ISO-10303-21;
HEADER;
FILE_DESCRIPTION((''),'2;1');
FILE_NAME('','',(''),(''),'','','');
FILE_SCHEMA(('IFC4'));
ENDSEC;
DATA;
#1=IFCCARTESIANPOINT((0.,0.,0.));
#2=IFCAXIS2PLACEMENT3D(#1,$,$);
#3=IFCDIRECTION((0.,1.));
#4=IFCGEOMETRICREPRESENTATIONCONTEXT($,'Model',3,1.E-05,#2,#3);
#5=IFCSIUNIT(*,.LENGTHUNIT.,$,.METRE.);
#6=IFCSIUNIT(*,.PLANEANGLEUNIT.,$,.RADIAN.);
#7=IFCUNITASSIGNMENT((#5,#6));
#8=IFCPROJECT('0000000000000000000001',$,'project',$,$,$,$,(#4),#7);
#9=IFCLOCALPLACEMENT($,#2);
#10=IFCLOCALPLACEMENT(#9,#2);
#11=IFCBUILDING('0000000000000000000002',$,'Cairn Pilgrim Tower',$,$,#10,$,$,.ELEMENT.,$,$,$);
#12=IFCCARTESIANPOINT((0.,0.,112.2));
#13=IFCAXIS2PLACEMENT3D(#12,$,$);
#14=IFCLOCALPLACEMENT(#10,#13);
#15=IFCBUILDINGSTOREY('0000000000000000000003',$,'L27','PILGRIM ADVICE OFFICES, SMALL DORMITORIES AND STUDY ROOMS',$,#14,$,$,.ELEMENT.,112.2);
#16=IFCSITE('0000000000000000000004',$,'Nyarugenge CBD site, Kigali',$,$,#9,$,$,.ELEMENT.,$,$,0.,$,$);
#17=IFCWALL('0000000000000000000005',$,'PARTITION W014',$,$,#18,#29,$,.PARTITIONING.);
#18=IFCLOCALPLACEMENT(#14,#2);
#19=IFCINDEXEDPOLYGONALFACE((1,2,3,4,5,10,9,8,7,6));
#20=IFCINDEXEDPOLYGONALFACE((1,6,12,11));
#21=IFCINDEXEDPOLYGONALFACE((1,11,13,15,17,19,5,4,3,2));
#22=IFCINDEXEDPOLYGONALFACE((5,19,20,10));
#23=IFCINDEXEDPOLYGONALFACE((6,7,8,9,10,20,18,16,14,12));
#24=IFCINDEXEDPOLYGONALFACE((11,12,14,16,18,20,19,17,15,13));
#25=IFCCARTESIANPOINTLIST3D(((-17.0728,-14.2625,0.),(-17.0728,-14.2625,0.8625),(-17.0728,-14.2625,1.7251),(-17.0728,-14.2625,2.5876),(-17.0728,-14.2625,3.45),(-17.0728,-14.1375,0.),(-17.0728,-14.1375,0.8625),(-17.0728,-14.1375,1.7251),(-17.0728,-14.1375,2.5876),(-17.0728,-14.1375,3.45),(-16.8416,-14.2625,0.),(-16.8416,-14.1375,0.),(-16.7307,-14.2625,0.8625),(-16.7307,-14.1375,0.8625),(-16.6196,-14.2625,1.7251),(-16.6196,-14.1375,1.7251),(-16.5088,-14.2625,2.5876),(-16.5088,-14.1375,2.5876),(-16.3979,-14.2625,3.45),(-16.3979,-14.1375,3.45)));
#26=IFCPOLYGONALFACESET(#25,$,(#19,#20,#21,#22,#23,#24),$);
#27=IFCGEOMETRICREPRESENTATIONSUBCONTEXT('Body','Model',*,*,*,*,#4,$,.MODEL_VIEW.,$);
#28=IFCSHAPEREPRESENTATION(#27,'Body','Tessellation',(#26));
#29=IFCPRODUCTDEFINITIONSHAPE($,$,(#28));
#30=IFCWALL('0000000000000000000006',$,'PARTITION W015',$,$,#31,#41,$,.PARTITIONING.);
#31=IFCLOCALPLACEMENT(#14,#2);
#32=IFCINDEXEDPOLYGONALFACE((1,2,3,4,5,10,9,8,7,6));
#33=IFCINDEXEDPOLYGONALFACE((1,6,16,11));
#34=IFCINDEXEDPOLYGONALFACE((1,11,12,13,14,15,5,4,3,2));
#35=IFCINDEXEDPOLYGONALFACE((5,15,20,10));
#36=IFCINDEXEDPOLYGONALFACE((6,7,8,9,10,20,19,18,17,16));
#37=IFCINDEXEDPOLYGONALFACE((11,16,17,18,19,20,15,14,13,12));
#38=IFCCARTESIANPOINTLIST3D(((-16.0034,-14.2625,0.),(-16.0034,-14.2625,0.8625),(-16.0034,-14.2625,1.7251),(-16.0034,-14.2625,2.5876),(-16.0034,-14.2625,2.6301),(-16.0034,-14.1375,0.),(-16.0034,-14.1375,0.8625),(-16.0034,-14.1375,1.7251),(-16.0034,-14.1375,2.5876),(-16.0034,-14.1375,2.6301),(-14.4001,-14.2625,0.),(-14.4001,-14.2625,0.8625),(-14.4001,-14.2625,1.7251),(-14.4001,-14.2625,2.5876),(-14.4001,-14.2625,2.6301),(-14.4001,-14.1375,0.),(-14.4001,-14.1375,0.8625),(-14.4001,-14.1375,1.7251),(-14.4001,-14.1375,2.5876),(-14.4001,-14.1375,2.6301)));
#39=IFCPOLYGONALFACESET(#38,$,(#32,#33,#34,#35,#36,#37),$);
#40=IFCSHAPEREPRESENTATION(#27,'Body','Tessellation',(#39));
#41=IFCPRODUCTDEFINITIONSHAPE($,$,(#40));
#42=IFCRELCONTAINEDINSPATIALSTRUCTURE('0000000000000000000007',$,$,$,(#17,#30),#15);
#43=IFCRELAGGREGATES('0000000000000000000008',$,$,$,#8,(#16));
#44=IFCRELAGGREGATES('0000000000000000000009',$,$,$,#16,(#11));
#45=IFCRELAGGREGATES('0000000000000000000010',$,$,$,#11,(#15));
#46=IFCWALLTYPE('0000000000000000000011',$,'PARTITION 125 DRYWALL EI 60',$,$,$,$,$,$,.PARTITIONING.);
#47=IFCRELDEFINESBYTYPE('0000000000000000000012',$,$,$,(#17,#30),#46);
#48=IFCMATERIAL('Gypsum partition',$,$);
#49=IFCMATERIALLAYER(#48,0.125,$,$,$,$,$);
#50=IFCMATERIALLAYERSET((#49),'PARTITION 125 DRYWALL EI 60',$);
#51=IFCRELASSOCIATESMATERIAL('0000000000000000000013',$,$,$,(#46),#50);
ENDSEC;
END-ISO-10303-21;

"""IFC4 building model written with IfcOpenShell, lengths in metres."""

from ifc_helpers import new_model, si_unit, direction, frame, origin, place, context, subcontext, project, spatial, polyline, outline, extrude, material, layer, layer_set, type_object, element, save


model = new_model("IFC4")

# Units and contexts
model_context = context("Model", 3, precision=1e-05, world=origin(), true_north=direction((0.0, 1.0)))
body_context = subcontext(model_context, "Body", "Model", "MODEL_VIEW")
ifc_project = project(units=[si_unit("LENGTHUNIT", "METRE"), si_unit("PLANEANGLEUNIT", "RADIAN")], contexts=[model_context])

# Site, building, storey
site_placement = place(None, origin())
site = spatial("IfcSite", under=ifc_project, at=site_placement, Name="Nyarugenge CBD site, Kigali", CompositionType="ELEMENT", RefElevation=0.0)
building_placement = place(site_placement, origin())
building = spatial("IfcBuilding", under=site, at=building_placement, Name="Cairn Pilgrim Tower", CompositionType="ELEMENT")
storey_placement = place(building_placement, frame((0.0, 0.0, 112.2)))
storey = spatial("IfcBuildingStorey", under=building, at=storey_placement, Name="L27", Description="PILGRIM ADVICE OFFICES, SMALL DORMITORIES AND STUDY ROOMS", CompositionType="ELEMENT", Elevation=112.2)

# Walls
ifc_material_1 = material(Name="Gypsum partition")
ifc_layer_1 = layer(ifc_material_1, 0.125)
ifc_layer_set_1 = layer_set([ifc_layer_1], Name="PARTITION 125 DRYWALL EI 60")
wall_type = type_object("IfcWallType", Name="PARTITION 125 DRYWALL EI 60", PredefinedType="PARTITIONING", material=ifc_layer_set_1)
wall_1_placement = place(storey_placement, frame((-17.0728, -14.2, 0.0), z_axis=(0.0, 0.0, 1.0), x_axis=(1.0, 0.0, 0.0)))
element("IfcWall", 1, at=wall_1_placement, inside=storey, type_object=wall_type, Name="PARTITION W014", PredefinedType="PARTITIONING", context=body_context, shape_type="SweptSolid", body=[
    extrude(outline(polyline([(0.0, 0.0), (0.2312, 0.0), (0.342, 0.8625), (0.4531, 1.7251), (0.564, 2.5876), (0.6748, 3.45), (0.0, 3.45), (0.0, 2.5876), (0.0, 1.7251), (0.0, 0.8625), (0.0, 0.0)])), frame((0.0, 0.0625, 0.0), z_axis=(0.0, -1.0, 0.0), x_axis=(1.0, 0.0, 0.0)), (0.0, 0.0, 1.0), 0.125),
])
wall_2_placement = place(storey_placement, frame((-16.0034, -14.2, 0.0), z_axis=(0.0, 0.0, 1.0), x_axis=(1.0, 0.0, 0.0)))
element("IfcWall", 2, at=wall_2_placement, inside=storey, type_object=wall_type, Name="PARTITION W015", PredefinedType="PARTITIONING", context=body_context, shape_type="SweptSolid", body=[
    extrude(outline(polyline([(0.0, 0.0), (1.6033, 0.0), (1.6033, 0.8625), (1.6033, 1.7251), (1.6033, 2.5876), (1.6033, 2.6301), (0.0, 2.6301), (0.0, 2.5876), (0.0, 1.7251), (0.0, 0.8625), (0.0, 0.0)])), frame((0.0, 0.0625, 0.0), z_axis=(0.0, -1.0, 0.0), x_axis=(1.0, 0.0, 0.0)), (0.0, 0.0, 1.0), 0.125),
])

save(model, "model.ifc")
